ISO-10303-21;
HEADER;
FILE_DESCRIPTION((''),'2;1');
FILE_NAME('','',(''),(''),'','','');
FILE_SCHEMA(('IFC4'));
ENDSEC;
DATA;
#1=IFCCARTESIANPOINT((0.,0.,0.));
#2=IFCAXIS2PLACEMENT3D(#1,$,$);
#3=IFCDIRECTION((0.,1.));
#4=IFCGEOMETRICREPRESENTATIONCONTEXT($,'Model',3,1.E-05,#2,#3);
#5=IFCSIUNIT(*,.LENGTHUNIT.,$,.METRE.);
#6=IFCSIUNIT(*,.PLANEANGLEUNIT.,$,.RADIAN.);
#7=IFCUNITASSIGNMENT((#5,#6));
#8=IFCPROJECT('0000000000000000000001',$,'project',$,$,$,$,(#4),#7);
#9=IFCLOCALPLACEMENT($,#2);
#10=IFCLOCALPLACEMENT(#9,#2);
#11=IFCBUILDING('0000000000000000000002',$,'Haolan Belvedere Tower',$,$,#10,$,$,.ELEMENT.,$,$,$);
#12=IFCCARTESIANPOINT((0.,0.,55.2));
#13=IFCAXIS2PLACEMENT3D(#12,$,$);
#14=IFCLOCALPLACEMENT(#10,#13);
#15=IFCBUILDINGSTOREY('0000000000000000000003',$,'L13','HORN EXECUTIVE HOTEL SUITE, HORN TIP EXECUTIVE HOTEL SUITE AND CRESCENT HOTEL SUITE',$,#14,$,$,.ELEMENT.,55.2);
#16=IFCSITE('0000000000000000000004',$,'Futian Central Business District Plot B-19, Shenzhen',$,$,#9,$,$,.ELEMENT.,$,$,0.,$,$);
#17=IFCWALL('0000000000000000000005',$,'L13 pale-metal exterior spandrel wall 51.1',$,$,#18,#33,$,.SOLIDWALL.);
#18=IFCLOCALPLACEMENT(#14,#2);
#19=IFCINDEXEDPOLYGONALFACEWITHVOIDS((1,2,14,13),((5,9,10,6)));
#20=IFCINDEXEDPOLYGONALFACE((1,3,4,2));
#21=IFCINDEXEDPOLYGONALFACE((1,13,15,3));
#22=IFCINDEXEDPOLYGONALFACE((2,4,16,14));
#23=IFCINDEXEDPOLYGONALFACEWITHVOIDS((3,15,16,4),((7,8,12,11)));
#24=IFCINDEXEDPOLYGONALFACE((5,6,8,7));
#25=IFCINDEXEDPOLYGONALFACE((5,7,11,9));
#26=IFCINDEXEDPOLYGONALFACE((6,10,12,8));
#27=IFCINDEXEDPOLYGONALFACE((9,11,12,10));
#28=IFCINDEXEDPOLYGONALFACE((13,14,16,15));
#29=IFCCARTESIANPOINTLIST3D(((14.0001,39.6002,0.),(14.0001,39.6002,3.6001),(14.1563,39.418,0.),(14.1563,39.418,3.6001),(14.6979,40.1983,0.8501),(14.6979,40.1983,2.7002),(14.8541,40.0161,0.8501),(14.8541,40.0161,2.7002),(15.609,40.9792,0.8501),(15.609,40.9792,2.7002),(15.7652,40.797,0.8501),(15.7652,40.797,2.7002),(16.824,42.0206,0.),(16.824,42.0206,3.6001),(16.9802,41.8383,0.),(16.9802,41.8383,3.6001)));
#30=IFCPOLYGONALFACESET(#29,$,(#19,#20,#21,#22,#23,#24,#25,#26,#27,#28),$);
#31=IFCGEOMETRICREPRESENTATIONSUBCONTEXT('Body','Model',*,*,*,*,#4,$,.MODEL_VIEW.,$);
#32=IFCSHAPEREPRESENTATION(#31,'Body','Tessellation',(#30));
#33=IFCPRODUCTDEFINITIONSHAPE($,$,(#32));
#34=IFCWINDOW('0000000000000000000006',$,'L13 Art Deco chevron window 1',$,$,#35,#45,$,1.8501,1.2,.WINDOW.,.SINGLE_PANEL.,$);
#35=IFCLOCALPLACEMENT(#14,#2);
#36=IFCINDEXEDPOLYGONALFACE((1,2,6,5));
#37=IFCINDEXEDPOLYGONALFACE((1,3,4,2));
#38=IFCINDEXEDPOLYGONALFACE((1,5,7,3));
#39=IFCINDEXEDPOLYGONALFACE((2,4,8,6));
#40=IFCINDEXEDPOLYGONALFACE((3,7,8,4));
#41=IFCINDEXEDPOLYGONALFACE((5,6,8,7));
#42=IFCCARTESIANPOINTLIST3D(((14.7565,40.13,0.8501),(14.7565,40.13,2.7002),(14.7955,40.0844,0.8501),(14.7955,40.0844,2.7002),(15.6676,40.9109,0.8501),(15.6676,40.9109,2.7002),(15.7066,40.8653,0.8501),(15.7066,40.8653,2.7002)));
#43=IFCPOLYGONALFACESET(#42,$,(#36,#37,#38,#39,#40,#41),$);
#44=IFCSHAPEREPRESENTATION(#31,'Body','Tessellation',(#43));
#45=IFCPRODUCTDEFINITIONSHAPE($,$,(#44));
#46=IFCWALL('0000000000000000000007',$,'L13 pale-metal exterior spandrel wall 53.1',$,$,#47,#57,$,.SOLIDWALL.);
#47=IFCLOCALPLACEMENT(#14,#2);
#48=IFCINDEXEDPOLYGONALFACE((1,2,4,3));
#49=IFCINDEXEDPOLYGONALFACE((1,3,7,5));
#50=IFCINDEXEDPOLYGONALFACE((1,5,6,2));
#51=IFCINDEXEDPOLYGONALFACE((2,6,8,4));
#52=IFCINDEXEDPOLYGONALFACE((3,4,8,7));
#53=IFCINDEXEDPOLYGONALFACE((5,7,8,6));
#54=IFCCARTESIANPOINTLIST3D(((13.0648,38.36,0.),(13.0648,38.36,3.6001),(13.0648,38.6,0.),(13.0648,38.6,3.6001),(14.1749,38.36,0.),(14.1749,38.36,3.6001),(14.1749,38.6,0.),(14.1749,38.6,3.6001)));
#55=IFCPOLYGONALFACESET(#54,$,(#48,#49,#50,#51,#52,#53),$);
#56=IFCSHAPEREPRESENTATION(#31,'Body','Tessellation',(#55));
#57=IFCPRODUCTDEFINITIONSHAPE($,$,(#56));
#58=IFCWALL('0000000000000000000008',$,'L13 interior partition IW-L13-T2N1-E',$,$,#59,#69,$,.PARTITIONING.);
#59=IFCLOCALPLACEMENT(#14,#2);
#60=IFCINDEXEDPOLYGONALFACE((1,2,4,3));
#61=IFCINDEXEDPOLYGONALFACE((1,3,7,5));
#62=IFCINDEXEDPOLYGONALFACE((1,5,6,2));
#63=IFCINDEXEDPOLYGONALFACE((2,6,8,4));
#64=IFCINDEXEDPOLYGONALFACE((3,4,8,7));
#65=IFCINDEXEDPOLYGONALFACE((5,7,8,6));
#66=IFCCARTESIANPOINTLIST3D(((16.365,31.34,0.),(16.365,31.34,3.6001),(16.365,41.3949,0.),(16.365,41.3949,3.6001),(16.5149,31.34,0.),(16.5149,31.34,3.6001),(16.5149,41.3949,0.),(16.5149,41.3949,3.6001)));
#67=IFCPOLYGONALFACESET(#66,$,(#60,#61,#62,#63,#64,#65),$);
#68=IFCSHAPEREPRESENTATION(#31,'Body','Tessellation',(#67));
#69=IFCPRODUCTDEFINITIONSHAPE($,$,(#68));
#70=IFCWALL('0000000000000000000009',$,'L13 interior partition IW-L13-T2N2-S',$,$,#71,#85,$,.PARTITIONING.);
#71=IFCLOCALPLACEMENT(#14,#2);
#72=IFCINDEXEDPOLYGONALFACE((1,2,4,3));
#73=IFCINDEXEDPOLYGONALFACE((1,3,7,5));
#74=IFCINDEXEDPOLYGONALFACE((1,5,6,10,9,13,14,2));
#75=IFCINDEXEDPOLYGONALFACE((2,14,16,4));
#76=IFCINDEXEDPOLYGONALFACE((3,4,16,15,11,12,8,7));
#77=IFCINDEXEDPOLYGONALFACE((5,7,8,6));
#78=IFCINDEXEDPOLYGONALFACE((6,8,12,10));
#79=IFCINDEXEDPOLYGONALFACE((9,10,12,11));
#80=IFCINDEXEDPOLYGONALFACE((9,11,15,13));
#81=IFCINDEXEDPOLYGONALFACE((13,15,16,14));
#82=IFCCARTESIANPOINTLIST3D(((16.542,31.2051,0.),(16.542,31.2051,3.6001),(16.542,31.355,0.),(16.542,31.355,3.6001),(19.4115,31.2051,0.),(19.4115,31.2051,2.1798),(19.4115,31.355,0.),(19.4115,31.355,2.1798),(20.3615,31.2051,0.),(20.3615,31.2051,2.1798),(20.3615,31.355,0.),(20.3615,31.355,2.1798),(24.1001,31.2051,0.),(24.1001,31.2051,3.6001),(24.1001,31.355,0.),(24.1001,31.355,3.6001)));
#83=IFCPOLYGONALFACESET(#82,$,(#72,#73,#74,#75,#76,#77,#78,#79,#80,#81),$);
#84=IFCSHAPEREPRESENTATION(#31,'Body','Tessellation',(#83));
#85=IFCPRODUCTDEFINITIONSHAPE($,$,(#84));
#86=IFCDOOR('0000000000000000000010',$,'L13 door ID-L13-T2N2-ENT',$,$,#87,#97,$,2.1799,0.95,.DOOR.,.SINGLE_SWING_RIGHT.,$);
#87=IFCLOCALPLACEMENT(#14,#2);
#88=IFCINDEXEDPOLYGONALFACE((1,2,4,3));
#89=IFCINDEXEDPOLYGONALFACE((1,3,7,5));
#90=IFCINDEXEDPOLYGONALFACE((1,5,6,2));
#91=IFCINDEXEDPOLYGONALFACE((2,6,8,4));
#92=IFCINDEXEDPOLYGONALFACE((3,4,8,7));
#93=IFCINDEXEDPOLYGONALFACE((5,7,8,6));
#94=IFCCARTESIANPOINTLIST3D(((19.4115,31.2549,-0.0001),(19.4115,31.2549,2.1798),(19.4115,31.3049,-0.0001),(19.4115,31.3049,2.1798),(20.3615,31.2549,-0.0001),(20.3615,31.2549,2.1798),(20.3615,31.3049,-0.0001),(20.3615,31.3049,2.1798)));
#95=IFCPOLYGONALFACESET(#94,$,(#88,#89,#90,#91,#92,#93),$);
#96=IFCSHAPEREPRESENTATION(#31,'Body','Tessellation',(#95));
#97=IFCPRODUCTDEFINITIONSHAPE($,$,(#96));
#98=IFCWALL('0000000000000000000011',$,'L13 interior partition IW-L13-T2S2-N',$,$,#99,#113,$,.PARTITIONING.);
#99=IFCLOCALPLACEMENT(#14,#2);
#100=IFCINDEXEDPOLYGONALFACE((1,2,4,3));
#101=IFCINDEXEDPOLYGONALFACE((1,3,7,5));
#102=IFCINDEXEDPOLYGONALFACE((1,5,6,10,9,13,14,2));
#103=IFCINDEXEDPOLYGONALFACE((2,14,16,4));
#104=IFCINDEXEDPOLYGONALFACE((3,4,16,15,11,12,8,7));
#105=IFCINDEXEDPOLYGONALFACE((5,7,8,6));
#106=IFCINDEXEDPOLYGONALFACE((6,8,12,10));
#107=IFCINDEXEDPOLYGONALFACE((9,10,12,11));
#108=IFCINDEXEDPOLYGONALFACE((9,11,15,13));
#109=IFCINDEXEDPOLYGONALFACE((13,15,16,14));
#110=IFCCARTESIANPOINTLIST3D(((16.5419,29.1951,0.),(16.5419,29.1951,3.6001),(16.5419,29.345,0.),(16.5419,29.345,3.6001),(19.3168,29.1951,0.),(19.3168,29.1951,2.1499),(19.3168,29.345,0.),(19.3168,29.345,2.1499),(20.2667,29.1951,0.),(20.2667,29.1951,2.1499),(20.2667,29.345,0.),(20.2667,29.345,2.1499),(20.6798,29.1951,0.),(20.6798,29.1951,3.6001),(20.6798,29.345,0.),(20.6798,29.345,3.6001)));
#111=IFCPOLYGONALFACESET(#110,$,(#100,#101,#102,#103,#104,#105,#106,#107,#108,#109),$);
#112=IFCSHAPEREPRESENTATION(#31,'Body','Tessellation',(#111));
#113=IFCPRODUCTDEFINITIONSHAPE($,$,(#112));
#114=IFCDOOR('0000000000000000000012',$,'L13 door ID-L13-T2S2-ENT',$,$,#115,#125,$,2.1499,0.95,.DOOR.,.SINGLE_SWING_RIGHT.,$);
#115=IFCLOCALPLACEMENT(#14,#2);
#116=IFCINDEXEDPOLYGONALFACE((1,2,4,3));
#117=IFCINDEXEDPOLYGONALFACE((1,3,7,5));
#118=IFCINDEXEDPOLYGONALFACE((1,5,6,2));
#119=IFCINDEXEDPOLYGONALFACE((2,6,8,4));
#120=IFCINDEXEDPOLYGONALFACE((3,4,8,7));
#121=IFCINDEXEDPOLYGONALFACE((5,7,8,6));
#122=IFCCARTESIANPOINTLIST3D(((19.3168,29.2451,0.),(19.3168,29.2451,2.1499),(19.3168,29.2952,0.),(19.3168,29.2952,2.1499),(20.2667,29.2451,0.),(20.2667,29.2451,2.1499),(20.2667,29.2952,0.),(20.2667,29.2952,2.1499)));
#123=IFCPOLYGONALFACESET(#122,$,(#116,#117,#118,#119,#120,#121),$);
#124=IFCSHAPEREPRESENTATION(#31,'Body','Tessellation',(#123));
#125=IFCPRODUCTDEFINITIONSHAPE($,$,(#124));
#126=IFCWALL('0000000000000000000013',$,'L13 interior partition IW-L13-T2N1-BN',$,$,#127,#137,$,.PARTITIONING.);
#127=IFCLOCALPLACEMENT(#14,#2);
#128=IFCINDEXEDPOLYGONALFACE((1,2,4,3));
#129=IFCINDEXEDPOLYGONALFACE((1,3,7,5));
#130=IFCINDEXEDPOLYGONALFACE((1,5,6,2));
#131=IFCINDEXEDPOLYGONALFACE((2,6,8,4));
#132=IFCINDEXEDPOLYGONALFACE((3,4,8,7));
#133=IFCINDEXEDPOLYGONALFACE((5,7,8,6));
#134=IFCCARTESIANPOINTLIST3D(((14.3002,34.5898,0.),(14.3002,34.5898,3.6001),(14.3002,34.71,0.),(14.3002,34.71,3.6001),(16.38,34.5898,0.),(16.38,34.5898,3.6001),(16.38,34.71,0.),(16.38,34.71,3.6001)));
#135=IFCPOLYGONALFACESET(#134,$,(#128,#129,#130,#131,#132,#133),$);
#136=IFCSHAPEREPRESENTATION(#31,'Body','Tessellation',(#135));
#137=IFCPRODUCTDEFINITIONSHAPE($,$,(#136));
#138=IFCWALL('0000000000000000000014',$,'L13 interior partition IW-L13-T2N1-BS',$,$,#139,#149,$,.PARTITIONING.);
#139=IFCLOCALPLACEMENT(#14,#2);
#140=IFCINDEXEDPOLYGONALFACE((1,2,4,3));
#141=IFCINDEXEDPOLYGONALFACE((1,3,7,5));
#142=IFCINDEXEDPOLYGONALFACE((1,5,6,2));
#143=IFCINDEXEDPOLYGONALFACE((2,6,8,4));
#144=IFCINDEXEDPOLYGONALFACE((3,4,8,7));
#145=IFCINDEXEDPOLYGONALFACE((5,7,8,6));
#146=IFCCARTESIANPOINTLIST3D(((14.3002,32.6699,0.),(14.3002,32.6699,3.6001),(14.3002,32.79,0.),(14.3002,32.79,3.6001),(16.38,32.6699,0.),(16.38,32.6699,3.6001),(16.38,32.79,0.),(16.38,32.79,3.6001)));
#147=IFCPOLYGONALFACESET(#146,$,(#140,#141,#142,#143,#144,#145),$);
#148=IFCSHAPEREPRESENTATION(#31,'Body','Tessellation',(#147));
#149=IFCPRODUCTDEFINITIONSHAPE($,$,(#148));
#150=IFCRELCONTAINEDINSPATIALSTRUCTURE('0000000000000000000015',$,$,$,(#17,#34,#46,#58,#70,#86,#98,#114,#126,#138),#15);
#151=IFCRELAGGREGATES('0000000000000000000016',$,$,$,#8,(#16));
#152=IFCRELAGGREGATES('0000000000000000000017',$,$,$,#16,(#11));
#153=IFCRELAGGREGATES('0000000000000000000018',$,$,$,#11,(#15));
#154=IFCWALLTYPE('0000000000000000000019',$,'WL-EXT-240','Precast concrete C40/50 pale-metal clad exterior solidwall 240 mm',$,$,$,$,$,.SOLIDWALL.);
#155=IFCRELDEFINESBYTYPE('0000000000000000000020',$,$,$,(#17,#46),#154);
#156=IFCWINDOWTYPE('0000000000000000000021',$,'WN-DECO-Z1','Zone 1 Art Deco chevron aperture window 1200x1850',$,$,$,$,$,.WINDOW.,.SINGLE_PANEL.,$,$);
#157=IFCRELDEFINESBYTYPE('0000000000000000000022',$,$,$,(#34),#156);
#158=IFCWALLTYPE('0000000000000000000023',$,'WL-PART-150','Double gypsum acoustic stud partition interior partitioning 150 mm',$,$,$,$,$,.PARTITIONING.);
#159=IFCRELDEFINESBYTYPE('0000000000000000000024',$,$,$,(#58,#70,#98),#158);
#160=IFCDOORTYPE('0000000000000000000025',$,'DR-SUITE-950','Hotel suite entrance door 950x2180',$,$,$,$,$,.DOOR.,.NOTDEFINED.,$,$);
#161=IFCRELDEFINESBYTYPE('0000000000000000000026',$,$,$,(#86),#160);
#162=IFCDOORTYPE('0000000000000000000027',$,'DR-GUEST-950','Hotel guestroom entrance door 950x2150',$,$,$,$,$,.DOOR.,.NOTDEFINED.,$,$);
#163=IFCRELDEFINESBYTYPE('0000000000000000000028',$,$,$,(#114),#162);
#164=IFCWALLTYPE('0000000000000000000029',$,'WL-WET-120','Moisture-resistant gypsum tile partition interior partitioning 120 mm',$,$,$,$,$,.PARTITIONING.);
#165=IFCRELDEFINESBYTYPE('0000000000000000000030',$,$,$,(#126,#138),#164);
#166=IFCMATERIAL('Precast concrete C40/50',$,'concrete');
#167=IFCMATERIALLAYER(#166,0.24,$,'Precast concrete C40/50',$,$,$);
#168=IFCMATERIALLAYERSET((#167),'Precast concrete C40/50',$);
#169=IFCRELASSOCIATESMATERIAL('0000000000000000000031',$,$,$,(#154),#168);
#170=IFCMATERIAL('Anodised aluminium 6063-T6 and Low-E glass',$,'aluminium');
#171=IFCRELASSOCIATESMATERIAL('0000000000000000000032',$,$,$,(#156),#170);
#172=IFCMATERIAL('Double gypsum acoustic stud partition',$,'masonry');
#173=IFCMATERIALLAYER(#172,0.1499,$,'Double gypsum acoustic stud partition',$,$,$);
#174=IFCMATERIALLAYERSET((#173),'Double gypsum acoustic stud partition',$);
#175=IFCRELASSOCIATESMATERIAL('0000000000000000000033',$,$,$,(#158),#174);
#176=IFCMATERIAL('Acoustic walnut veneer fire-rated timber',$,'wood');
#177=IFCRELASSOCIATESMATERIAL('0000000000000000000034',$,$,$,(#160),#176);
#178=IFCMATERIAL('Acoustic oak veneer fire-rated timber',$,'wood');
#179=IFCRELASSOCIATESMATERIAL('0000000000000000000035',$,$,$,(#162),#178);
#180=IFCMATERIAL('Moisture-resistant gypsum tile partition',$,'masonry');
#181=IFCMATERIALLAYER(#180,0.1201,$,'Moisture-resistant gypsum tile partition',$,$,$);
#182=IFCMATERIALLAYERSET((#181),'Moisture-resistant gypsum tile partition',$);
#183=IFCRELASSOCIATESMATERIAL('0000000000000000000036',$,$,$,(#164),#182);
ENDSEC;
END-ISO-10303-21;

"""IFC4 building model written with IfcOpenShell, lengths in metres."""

from ifc_helpers import new_model, si_unit, direction, frame, frame_2d, origin, place, context, subcontext, project, spatial, rectangle, extrude, material, layer, layer_set, type_object, element, fill, save


model = new_model("IFC4")

# Units and contexts
model_context = context("Model", 3, precision=1e-05, world=origin(), true_north=direction((0.0, 1.0)))
body_context = subcontext(model_context, "Body", "Model", "MODEL_VIEW")
ifc_project = project(units=[si_unit("LENGTHUNIT", "METRE"), si_unit("PLANEANGLEUNIT", "RADIAN")], contexts=[model_context])

# Site, building, storey
site_placement = place(None, origin())
site = spatial("IfcSite", under=ifc_project, at=site_placement, Name="Futian Central Business District Plot B-19, Shenzhen", CompositionType="ELEMENT", RefElevation=0.0)
building_placement = place(site_placement, origin())
building = spatial("IfcBuilding", under=site, at=building_placement, Name="Haolan Belvedere Tower", CompositionType="ELEMENT")
storey_placement = place(building_placement, frame((0.0, 0.0, 55.2)))
storey = spatial("IfcBuildingStorey", under=building, at=storey_placement, Name="L13", Description="HORN EXECUTIVE HOTEL SUITE, HORN TIP EXECUTIVE HOTEL SUITE AND CRESCENT HOTEL SUITE", CompositionType="ELEMENT", Elevation=55.2)

# Wall, opening, window
ifc_material_1 = material(Name="Precast concrete C40/50", Category="concrete")
ifc_layer_1 = layer(ifc_material_1, 0.24, Name="Precast concrete C40/50")
ifc_layer_set_1 = layer_set([ifc_layer_1], Name="Precast concrete C40/50")
wall_type_1 = type_object("IfcWallType", Name="WL-EXT-240", Description="Precast concrete C40/50 pale-metal clad exterior solidwall 240 mm", PredefinedType="SOLIDWALL", material=ifc_layer_set_1)
wall_1_placement = place(storey_placement, frame((16.9021, 41.9294, 0.0), z_axis=(0.0, 0.0, 1.0), x_axis=(-0.759275, -0.65077, 0.0)))
wall_1 = element("IfcWall", 1, at=wall_1_placement, inside=storey, type_object=wall_type_1, Name="L13 pale-metal exterior spandrel wall 51.1", PredefinedType="SOLIDWALL", context=body_context, shape_type="SweptSolid", body=[
    extrude(rectangle(XDim=3.7192, YDim=0.24, at=frame_2d((1.8596, 0.0))), origin(), (0.0, 0.0, 1.0), 3.6001),
])
opening_1_placement = place(wall_1_placement, frame((1.6001, 0.0, 0.8501)))
opening_1 = element("IfcOpeningElement", 2, at=opening_1_placement, cuts=wall_1, PredefinedType="OPENING", context=body_context, shape_type="SweptSolid", body=[
    extrude(rectangle(XDim=1.2, YDim=1.8501, at=frame_2d((0.6001, 0.925))), frame((0.0, 0.1299, 0.0), z_axis=(0.0, -1.0, 0.0), x_axis=(1.0, 0.0, 0.0)), (0.0, 0.0, 1.0), 0.26),
])
ifc_material_2 = material(Name="Anodised aluminium 6063-T6 and Low-E glass", Category="aluminium")
window_type = type_object("IfcWindowType", Name="WN-DECO-Z1", Description="Zone 1 Art Deco chevron aperture window 1200x1850", PartitioningType="SINGLE_PANEL", PredefinedType="WINDOW", material=ifc_material_2)
window_placement = place(opening_1_placement, origin())
window = element("IfcWindow", 3, at=window_placement, inside=storey, type_object=window_type, Name="L13 Art Deco chevron window 1", OverallHeight=1.8501, OverallWidth=1.2, PartitioningType="SINGLE_PANEL", PredefinedType="WINDOW", context=body_context, shape_type="SweptSolid", body=[
    extrude(rectangle(XDim=1.2, YDim=1.8501, at=frame_2d((0.6001, 0.925))), frame((0.0, 0.03, 0.0), z_axis=(0.0, -1.0, 0.0), x_axis=(1.0, 0.0, 0.0)), (0.0, 0.0, 1.0), 0.0601),
])
fill(opening_1, window)

# Walls
wall_2_placement = place(storey_placement, frame((14.175, 38.48, 0.0), z_axis=(0.0, 0.0, 1.0), x_axis=(-1.0, 0.0, 0.0)))
element("IfcWall", 4, at=wall_2_placement, inside=storey, type_object=wall_type_1, Name="L13 pale-metal exterior spandrel wall 53.1", PredefinedType="SOLIDWALL", context=body_context, shape_type="SweptSolid", body=[
    extrude(rectangle(XDim=1.1101, YDim=0.24, at=frame_2d((0.5552, 0.0))), origin(), (0.0, 0.0, 1.0), 3.6001),
])
ifc_material_3 = material(Name="Double gypsum acoustic stud partition", Category="masonry")
ifc_layer_2 = layer(ifc_material_3, 0.1499, Name="Double gypsum acoustic stud partition")
ifc_layer_set_2 = layer_set([ifc_layer_2], Name="Double gypsum acoustic stud partition")
wall_type_2 = type_object("IfcWallType", Name="WL-PART-150", Description="Double gypsum acoustic stud partition interior partitioning 150 mm", PredefinedType="PARTITIONING", material=ifc_layer_set_2)
wall_3_placement = place(storey_placement, frame((16.4399, 31.3401, 0.0), z_axis=(0.0, 0.0, 1.0), x_axis=(0.0, 1.0, 0.0)))
element("IfcWall", 5, at=wall_3_placement, inside=storey, type_object=wall_type_2, Name="L13 interior partition IW-L13-T2N1-E", PredefinedType="PARTITIONING", context=body_context, shape_type="SweptSolid", body=[
    extrude(rectangle(XDim=10.0549, YDim=0.1499, at=frame_2d((5.0273, 0.0))), origin(), (0.0, 0.0, 1.0), 3.6001),
])

# Walls, openings, doors
wall_4_placement = place(storey_placement, frame((16.542, 31.28, 0.0), z_axis=(0.0, 0.0, 1.0), x_axis=(1.0, 0.0, 0.0)))
wall_4 = element("IfcWall", 6, at=wall_4_placement, inside=storey, type_object=wall_type_2, Name="L13 interior partition IW-L13-T2N2-S", PredefinedType="PARTITIONING", context=body_context, shape_type="SweptSolid", body=[
    extrude(rectangle(XDim=7.5581, YDim=0.1499, at=frame_2d((3.7791, 0.0))), origin(), (0.0, 0.0, 1.0), 3.6001),
])
opening_2_placement = place(wall_4_placement, frame((2.8694, 0.0, 0.0)))
opening_2 = element("IfcOpeningElement", 7, at=opening_2_placement, cuts=wall_4, PredefinedType="OPENING", context=body_context, shape_type="SweptSolid", body=[
    extrude(rectangle(XDim=0.95, YDim=2.1799, at=frame_2d((0.4751, 1.0898))), frame((0.0, 0.085, 0.0), z_axis=(0.0, -1.0, 0.0), x_axis=(1.0, 0.0, 0.0)), (0.0, 0.0, 1.0), 0.1699),
])
ifc_material_4 = material(Name="Acoustic walnut veneer fire-rated timber", Category="wood")
door_type_1 = type_object("IfcDoorType", Name="DR-SUITE-950", Description="Hotel suite entrance door 950x2180", OperationType="NOTDEFINED", PredefinedType="DOOR", material=ifc_material_4)
door_1_placement = place(opening_2_placement, origin())
door_1 = element("IfcDoor", 8, at=door_1_placement, inside=storey, type_object=door_type_1, Name="L13 door ID-L13-T2N2-ENT", OperationType="SINGLE_SWING_RIGHT", OverallHeight=2.1799, OverallWidth=0.95, PredefinedType="DOOR", context=body_context, shape_type="SweptSolid", body=[
    extrude(rectangle(XDim=0.95, YDim=2.1799, at=frame_2d((0.4751, 1.0898))), frame((0.0, 0.0249, 0.0), z_axis=(0.0, -1.0, 0.0), x_axis=(1.0, 0.0, 0.0)), (0.0, 0.0, 1.0), 0.05),
])
fill(opening_2, door_1)
wall_5_placement = place(storey_placement, frame((16.542, 29.27, 0.0), z_axis=(0.0, 0.0, 1.0), x_axis=(1.0, 0.0, 0.0)))
wall_5 = element("IfcWall", 9, at=wall_5_placement, inside=storey, type_object=wall_type_2, Name="L13 interior partition IW-L13-T2S2-N", PredefinedType="PARTITIONING", context=body_context, shape_type="SweptSolid", body=[
    extrude(rectangle(XDim=4.1379, YDim=0.1499, at=frame_2d((2.0688, 0.0))), origin(), (0.0, 0.0, 1.0), 3.6001),
])
opening_3_placement = place(wall_5_placement, frame((3.7249, 0.0, 0.0), z_axis=(0.0, 0.0, 1.0), x_axis=(-1.0, 0.0, 0.0)))
opening_3 = element("IfcOpeningElement", 10, at=opening_3_placement, cuts=wall_5, PredefinedType="OPENING", context=body_context, shape_type="SweptSolid", body=[
    extrude(rectangle(XDim=0.95, YDim=2.1499, at=frame_2d((0.4751, 1.075))), frame((0.0, 0.085, 0.0), z_axis=(0.0, -1.0, 0.0), x_axis=(1.0, 0.0, 0.0)), (0.0, 0.0, 1.0), 0.1699),
])
ifc_material_5 = material(Name="Acoustic oak veneer fire-rated timber", Category="wood")
door_type_2 = type_object("IfcDoorType", Name="DR-GUEST-950", Description="Hotel guestroom entrance door 950x2150", OperationType="NOTDEFINED", PredefinedType="DOOR", material=ifc_material_5)
door_2_placement = place(opening_3_placement, origin())
door_2 = element("IfcDoor", 11, at=door_2_placement, inside=storey, type_object=door_type_2, Name="L13 door ID-L13-T2S2-ENT", OperationType="SINGLE_SWING_RIGHT", OverallHeight=2.1499, OverallWidth=0.95, PredefinedType="DOOR", context=body_context, shape_type="SweptSolid", body=[
    extrude(rectangle(XDim=0.95, YDim=2.1499, at=frame_2d((0.4751, 1.075))), frame((0.0, 0.0249, 0.0), z_axis=(0.0, -1.0, 0.0), x_axis=(1.0, 0.0, 0.0)), (0.0, 0.0, 1.0), 0.05),
])
fill(opening_3, door_2)

# Walls
ifc_material_6 = material(Name="Moisture-resistant gypsum tile partition", Category="masonry")
ifc_layer_3 = layer(ifc_material_6, 0.1201, Name="Moisture-resistant gypsum tile partition")
ifc_layer_set_3 = layer_set([ifc_layer_3], Name="Moisture-resistant gypsum tile partition")
wall_type_3 = type_object("IfcWallType", Name="WL-WET-120", Description="Moisture-resistant gypsum tile partition interior partitioning 120 mm", PredefinedType="PARTITIONING", material=ifc_layer_set_3)
for number, where, z_axis, x_axis, name in (
    (12, (14.3, 34.6499, 0.0), (0.0, 0.0, 1.0), (1.0, 0.0, 0.0), "L13 interior partition IW-L13-T2N1-BN"),
    (13, (14.3, 32.73, 0.0), (0.0, 0.0, 1.0), (1.0, 0.0, 0.0), "L13 interior partition IW-L13-T2N1-BS"),
):
    element("IfcWall", number, at=place(storey_placement, frame(where, z_axis=z_axis, x_axis=x_axis)), inside=storey, type_object=wall_type_3, Name=name, PredefinedType="PARTITIONING", context=body_context, shape_type="SweptSolid", body=[
        extrude(rectangle(XDim=2.0798, YDim=0.1201, at=frame_2d((1.04, 0.0))), origin(), (0.0, 0.0, 1.0), 3.6001),
    ])

save(model, "model.ifc")
